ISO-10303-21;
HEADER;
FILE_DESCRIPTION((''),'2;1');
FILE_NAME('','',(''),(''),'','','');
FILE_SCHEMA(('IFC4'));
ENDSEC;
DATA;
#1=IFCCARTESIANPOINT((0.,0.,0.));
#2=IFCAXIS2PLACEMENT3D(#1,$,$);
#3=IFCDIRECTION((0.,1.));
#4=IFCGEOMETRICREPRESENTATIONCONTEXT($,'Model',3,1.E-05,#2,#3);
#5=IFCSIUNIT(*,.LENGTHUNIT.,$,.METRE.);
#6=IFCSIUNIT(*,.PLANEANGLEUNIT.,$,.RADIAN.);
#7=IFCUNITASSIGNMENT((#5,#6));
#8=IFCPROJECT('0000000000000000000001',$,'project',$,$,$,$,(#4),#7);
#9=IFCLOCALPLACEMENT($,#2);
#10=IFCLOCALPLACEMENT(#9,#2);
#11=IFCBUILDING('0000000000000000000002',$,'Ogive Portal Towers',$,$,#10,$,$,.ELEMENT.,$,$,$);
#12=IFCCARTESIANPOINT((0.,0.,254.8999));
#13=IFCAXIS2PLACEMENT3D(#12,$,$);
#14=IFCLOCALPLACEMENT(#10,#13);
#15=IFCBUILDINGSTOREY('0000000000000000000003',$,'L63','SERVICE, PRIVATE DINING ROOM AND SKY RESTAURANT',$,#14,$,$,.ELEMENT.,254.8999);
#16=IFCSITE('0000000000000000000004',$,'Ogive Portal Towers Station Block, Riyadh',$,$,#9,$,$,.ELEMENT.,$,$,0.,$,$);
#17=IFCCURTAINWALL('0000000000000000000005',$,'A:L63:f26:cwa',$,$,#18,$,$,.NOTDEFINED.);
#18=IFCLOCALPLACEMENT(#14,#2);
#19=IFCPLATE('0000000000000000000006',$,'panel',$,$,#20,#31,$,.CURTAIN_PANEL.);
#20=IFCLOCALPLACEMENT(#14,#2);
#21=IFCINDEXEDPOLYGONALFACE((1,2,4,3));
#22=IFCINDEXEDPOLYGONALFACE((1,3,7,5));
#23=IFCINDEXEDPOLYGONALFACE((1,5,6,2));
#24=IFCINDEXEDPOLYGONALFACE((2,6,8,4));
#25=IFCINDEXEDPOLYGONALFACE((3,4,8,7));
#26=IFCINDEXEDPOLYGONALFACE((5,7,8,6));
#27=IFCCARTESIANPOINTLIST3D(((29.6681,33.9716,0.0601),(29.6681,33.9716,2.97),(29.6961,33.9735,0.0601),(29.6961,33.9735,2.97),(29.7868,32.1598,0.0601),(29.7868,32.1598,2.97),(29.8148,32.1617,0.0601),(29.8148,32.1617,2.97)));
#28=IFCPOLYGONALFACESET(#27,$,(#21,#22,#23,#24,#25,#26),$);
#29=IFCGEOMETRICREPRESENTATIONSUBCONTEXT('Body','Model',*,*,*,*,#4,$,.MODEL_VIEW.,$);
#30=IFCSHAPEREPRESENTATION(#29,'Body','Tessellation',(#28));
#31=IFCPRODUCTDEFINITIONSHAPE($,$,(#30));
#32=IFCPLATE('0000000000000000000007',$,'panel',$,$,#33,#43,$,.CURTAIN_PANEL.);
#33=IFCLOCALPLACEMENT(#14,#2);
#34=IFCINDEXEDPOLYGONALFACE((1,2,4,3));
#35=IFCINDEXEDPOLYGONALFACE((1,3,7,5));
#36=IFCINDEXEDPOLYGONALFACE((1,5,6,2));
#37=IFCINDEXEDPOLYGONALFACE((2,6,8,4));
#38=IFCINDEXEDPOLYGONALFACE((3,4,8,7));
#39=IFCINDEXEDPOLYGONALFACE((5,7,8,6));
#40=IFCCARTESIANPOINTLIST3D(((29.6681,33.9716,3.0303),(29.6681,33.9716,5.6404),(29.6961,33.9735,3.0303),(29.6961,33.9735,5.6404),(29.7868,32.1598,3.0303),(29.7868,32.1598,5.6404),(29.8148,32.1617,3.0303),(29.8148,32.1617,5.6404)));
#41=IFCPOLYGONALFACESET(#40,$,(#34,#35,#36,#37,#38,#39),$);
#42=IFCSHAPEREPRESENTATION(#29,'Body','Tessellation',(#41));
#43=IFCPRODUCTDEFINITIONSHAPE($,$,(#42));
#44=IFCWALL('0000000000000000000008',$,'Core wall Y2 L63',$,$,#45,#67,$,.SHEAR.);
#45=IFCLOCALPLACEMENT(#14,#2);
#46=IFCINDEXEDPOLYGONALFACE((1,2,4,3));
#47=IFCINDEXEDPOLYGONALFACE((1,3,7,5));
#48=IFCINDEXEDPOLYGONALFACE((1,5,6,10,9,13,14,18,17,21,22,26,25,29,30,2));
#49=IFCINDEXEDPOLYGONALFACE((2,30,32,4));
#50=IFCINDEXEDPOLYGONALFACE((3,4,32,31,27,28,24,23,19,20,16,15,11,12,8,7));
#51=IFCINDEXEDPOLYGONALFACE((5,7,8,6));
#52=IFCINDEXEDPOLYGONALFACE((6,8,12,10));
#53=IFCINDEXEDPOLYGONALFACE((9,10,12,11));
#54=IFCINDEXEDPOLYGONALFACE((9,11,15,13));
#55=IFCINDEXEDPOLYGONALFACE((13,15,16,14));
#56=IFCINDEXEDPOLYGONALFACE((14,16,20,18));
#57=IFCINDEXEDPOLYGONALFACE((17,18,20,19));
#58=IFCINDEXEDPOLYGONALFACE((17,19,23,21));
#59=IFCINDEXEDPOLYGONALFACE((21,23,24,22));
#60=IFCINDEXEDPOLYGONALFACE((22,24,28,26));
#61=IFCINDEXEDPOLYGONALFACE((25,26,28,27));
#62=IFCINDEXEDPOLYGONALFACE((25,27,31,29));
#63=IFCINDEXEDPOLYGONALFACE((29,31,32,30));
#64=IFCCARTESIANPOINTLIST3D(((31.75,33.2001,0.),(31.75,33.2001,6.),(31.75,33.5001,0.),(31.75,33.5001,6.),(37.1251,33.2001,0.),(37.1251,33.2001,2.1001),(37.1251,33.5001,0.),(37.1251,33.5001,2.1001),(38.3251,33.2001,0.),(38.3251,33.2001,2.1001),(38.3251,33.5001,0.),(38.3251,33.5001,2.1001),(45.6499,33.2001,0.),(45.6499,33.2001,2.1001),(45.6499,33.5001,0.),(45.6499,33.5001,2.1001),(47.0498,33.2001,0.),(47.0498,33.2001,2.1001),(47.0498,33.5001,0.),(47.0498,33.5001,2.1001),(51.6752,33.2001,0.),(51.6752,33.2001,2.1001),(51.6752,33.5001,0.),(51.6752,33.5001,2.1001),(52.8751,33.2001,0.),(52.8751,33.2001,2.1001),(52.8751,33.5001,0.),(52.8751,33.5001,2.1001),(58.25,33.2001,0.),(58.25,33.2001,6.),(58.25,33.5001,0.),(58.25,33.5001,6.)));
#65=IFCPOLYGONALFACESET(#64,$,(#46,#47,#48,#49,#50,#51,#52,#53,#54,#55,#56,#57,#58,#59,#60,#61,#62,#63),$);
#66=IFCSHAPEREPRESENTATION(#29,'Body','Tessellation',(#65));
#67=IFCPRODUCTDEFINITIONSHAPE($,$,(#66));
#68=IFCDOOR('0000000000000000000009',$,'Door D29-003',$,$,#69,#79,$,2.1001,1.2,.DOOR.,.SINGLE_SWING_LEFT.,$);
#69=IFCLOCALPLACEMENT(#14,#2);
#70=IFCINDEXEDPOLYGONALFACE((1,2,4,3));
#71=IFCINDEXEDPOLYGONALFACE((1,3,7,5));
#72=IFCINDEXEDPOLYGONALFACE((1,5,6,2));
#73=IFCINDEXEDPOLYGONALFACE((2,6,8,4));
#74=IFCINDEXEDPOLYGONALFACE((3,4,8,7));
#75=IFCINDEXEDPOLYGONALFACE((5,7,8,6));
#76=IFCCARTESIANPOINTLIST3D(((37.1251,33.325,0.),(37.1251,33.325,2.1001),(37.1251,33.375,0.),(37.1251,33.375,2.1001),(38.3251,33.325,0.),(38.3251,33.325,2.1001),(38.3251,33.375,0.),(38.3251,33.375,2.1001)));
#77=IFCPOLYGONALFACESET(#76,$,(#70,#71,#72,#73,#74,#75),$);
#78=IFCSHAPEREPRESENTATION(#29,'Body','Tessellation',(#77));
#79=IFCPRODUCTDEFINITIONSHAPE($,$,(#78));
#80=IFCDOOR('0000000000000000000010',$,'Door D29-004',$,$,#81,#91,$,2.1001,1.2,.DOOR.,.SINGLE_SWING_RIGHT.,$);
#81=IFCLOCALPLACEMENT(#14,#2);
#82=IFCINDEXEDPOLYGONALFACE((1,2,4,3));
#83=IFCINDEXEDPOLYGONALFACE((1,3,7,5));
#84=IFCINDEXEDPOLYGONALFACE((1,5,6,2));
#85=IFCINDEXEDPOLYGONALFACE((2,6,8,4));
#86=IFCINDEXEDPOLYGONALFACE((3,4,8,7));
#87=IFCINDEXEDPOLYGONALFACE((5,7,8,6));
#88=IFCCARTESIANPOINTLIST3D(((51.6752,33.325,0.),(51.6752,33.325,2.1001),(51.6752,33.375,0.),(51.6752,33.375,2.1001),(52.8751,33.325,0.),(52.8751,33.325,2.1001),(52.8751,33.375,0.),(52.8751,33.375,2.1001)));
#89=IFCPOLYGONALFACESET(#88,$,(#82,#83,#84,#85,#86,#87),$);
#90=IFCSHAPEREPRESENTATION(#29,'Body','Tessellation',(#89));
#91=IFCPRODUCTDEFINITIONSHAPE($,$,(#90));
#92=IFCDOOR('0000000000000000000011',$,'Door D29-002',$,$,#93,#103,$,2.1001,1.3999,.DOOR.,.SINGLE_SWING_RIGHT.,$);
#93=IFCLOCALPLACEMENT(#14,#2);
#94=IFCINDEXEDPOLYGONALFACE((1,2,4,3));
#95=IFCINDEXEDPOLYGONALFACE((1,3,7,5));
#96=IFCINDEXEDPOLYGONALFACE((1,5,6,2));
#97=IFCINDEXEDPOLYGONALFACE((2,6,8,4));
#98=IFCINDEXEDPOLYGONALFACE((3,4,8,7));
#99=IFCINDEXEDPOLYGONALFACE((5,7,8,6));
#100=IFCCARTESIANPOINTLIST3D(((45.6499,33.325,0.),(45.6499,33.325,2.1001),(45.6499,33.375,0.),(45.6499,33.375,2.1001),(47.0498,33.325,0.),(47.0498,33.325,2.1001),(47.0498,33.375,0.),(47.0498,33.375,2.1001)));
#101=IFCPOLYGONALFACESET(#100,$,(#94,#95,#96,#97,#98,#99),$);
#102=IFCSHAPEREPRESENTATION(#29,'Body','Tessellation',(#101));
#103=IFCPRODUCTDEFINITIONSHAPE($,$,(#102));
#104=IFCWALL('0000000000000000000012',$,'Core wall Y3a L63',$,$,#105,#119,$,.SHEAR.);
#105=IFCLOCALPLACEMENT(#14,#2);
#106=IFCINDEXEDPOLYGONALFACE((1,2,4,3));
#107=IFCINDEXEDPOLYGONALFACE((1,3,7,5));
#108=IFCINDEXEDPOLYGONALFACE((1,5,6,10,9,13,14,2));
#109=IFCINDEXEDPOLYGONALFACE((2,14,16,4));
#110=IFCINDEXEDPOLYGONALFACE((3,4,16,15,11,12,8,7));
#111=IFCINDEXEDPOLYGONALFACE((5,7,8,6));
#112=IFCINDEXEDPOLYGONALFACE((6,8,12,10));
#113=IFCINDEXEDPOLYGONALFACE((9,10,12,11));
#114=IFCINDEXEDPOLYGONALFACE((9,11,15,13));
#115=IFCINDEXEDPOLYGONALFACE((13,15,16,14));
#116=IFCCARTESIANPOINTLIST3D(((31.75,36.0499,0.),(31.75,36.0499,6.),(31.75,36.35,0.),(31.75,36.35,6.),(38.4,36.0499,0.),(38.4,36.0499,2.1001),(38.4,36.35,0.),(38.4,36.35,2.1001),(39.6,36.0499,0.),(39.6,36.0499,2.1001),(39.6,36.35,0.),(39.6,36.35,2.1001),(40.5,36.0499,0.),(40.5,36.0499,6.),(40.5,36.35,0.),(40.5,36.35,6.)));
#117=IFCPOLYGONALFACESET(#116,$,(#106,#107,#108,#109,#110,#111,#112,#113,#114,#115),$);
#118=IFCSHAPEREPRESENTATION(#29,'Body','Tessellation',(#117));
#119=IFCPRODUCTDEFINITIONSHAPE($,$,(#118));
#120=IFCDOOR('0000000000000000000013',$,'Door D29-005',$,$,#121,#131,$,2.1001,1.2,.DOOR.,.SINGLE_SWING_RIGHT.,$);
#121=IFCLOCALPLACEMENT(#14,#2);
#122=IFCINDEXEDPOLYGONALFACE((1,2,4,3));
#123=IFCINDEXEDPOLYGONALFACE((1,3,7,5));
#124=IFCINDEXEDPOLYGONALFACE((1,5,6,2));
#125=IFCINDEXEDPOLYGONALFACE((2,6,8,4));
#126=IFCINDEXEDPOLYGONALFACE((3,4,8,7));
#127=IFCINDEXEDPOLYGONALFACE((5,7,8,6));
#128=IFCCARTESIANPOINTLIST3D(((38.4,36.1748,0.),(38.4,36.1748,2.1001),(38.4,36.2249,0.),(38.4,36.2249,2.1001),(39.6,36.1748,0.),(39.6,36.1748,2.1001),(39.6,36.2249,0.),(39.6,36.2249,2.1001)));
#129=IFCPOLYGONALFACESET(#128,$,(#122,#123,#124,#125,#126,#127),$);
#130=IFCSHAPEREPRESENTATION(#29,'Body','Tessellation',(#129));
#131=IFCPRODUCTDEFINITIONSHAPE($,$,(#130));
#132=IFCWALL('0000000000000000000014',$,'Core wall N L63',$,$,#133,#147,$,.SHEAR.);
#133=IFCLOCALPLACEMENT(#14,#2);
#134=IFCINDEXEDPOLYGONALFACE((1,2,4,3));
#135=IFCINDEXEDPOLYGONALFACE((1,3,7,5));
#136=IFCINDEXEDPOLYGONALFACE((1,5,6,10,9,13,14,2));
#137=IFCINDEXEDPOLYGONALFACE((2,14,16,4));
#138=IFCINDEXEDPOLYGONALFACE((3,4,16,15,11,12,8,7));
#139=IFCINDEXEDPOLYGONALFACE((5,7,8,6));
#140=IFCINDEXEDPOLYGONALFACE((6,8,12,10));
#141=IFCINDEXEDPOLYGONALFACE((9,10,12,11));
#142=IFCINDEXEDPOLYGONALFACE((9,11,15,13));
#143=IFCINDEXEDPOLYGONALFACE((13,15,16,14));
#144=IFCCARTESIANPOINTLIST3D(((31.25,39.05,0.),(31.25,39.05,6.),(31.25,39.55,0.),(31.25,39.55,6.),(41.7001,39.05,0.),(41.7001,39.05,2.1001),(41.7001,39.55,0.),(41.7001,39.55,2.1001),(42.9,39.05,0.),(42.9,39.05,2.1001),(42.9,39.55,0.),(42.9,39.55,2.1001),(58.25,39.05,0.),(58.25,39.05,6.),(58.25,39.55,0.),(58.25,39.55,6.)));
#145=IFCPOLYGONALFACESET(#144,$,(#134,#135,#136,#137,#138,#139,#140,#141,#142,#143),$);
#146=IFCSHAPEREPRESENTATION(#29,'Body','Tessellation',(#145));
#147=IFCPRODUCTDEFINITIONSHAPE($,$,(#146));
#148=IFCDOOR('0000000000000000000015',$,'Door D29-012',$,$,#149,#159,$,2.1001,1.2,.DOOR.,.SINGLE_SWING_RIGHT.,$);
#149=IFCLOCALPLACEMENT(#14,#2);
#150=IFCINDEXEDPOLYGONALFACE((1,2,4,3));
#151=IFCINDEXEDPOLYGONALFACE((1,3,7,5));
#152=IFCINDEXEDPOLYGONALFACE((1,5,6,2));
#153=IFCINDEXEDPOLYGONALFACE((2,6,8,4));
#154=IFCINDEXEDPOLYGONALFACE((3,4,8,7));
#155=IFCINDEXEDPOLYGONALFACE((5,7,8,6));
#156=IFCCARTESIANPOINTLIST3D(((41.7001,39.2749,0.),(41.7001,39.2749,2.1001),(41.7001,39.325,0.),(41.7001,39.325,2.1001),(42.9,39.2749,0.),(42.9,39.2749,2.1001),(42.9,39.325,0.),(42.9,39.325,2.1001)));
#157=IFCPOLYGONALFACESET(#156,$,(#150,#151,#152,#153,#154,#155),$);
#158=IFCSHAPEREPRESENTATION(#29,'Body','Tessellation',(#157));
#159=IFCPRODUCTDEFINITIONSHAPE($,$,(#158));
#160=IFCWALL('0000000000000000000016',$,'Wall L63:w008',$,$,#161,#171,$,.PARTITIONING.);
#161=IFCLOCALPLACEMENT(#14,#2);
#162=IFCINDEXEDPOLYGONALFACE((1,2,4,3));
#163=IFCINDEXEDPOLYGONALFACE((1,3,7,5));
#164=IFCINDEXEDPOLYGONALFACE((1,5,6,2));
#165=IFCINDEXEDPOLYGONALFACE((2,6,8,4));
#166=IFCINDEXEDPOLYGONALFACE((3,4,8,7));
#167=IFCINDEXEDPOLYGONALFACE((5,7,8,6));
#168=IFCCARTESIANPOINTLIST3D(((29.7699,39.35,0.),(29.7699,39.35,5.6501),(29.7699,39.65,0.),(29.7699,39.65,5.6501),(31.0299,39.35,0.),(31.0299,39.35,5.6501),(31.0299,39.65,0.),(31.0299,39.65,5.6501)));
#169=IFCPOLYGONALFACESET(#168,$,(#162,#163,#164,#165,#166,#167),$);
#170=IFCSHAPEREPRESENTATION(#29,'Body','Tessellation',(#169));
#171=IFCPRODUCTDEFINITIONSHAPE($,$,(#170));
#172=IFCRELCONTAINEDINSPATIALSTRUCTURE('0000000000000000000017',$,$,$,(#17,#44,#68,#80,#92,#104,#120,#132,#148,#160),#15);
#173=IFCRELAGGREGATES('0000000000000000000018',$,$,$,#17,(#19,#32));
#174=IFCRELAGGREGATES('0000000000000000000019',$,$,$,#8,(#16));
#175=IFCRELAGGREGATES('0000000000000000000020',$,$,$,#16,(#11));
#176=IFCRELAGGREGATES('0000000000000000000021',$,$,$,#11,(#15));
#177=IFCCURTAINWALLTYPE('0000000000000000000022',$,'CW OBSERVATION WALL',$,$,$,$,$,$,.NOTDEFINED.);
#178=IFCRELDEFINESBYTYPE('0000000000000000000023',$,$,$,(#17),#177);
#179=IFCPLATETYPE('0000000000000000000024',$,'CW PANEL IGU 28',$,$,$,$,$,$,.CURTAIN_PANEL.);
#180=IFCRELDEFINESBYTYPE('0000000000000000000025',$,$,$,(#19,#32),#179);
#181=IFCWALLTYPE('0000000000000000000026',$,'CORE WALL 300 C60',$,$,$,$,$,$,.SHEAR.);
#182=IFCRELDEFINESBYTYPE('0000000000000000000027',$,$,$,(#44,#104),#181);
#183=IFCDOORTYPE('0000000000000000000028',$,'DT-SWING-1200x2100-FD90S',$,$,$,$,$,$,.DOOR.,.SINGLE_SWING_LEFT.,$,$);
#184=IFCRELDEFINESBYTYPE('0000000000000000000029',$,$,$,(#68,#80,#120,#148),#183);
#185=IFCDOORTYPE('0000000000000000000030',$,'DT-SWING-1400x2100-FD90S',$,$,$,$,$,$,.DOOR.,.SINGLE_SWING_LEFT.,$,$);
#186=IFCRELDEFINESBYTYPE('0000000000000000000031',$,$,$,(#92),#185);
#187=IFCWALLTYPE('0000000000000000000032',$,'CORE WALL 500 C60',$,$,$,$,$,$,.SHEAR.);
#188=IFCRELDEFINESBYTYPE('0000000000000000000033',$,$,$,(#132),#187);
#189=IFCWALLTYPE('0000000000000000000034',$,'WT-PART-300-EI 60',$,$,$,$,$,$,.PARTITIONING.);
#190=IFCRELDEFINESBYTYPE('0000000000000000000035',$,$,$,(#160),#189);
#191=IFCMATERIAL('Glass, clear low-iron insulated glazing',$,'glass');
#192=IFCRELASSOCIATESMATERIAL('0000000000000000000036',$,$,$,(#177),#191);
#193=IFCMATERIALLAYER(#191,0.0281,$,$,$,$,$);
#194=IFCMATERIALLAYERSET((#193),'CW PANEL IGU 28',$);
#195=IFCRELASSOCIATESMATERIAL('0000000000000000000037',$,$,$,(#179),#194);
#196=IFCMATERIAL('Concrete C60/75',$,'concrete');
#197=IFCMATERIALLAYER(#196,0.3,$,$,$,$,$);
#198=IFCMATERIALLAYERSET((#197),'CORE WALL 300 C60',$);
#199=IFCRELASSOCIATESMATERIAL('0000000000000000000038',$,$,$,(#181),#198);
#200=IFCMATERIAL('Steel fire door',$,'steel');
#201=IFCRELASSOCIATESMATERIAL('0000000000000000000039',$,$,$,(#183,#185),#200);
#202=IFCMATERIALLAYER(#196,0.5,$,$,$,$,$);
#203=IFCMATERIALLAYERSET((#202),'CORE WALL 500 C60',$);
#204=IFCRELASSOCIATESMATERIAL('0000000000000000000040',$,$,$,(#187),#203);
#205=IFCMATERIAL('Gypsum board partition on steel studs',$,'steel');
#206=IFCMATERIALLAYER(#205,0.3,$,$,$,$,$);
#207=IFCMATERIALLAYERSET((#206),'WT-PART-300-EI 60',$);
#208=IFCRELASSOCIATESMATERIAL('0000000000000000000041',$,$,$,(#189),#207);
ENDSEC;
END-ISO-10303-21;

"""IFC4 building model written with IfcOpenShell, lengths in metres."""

from ifc_helpers import new_model, si_unit, direction, frame, frame_2d, origin, origin_2d, place, context, subcontext, project, spatial, rectangle, extrude, material, layer, layer_set, type_object, element, fill, aggregate, save


model = new_model("IFC4")

# Units and contexts
model_context = context("Model", 3, precision=1e-05, world=origin(), true_north=direction((0.0, 1.0)))
body_context = subcontext(model_context, "Body", "Model", "MODEL_VIEW")
ifc_project = project(units=[si_unit("LENGTHUNIT", "METRE"), si_unit("PLANEANGLEUNIT", "RADIAN")], contexts=[model_context])

# Site, building, storey
site_placement = place(None, origin())
site = spatial("IfcSite", under=ifc_project, at=site_placement, Name="Ogive Portal Towers Station Block, Riyadh", CompositionType="ELEMENT", RefElevation=0.0)
building_placement = place(site_placement, origin())
building = spatial("IfcBuilding", under=site, at=building_placement, Name="Ogive Portal Towers", CompositionType="ELEMENT")
storey_placement = place(building_placement, frame((0.0, 0.0, 254.8999)))
storey = spatial("IfcBuildingStorey", under=building, at=storey_placement, Name="L63", Description="SERVICE, PRIVATE DINING ROOM AND SKY RESTAURANT", CompositionType="ELEMENT", Elevation=254.8999)

# Curtain wall
ifc_material_1 = material(Name="Glass, clear low-iron insulated glazing", Category="glass")
curtain_wall_type = type_object("IfcCurtainWallType", Name="CW OBSERVATION WALL", PredefinedType="NOTDEFINED", material=ifc_material_1)
curtain_wall_1_placement = place(storey_placement, origin())
curtain_wall_1 = element("IfcCurtainWall", 1, at=curtain_wall_1_placement, inside=storey, type_object=curtain_wall_type, Name="A:L63:f26:cwa", PredefinedType="NOTDEFINED")

# Plates
ifc_layer_1 = layer(ifc_material_1, 0.0281)
ifc_layer_set_1 = layer_set([ifc_layer_1], Name="CW PANEL IGU 28")
plate_type = type_object("IfcPlateType", Name="CW PANEL IGU 28", PredefinedType="CURTAIN_PANEL", material=ifc_layer_set_1)
plate_1_placement = place(storey_placement, frame((29.7415, 33.0667, 0.0601), z_axis=(0.0, 0.0, 1.0), x_axis=(0.065403, -0.997859, 0.0)))
plate_1 = element("IfcPlate", 2, at=plate_1_placement, type_object=plate_type, Name="panel", PredefinedType="CURTAIN_PANEL", context=body_context, shape_type="SweptSolid", body=[
    extrude(rectangle(XDim=1.8157, YDim=0.0281, at=origin_2d()), origin(), (0.0, 0.0, 1.0), 2.9099),
])
plate_2_placement = place(storey_placement, frame((29.7415, 33.0667, 3.0303), z_axis=(0.0, 0.0, 1.0), x_axis=(0.065403, -0.997859, 0.0)))
plate_2 = element("IfcPlate", 3, at=plate_2_placement, type_object=plate_type, Name="panel", PredefinedType="CURTAIN_PANEL", context=body_context, shape_type="SweptSolid", body=[
    extrude(rectangle(XDim=1.8157, YDim=0.0281, at=origin_2d()), origin(), (0.0, 0.0, 1.0), 2.6101),
])
aggregate(curtain_wall_1, [plate_1, plate_2])

# Wall, openings, doors
ifc_material_2 = material(Name="Concrete C60/75", Category="concrete")
ifc_layer_2 = layer(ifc_material_2, 0.3)
ifc_layer_set_2 = layer_set([ifc_layer_2], Name="CORE WALL 300 C60")
wall_type_1 = type_object("IfcWallType", Name="CORE WALL 300 C60", PredefinedType="SHEAR", material=ifc_layer_set_2)
wall_1_placement = place(storey_placement, frame((31.75, 33.3501, 0.0), z_axis=(0.0, 0.0, 1.0), x_axis=(1.0, 0.0, 0.0)))
wall_1 = element("IfcWall", 4, at=wall_1_placement, inside=storey, type_object=wall_type_1, Name="Core wall Y2 L63", PredefinedType="SHEAR", context=body_context, shape_type="SweptSolid", body=[
    extrude(rectangle(XDim=26.5, YDim=0.3, at=frame_2d((13.25, 0.0))), origin(), (0.0, 0.0, 1.0), 6.0),
])
opening_1_placement = place(wall_1_placement, frame((13.8999, 0.0, 0.0)))
opening_1 = element("IfcOpeningElement", 5, at=opening_1_placement, cuts=wall_1, PredefinedType="OPENING", context=body_context, shape_type="SweptSolid", body=[
    extrude(rectangle(XDim=1.3999, YDim=2.1001, at=frame_2d((0.7, 1.05))), frame((0.0, 0.1602, 0.0), z_axis=(0.0, -1.0, 0.0), x_axis=(1.0, 0.0, 0.0)), (0.0, 0.0, 1.0), 0.3201),
])
opening_2_placement = place(wall_1_placement, frame((5.375, 0.0, 0.0)))
opening_2 = element("IfcOpeningElement", 6, at=opening_2_placement, cuts=wall_1, PredefinedType="OPENING", context=body_context, shape_type="SweptSolid", body=[
    extrude(rectangle(XDim=1.2, YDim=2.1001, at=frame_2d((0.6001, 1.05))), frame((0.0, 0.1602, 0.0), z_axis=(0.0, -1.0, 0.0), x_axis=(1.0, 0.0, 0.0)), (0.0, 0.0, 1.0), 0.3201),
])
opening_3_placement = place(wall_1_placement, frame((19.925, 0.0, 0.0)))
opening_3 = element("IfcOpeningElement", 7, at=opening_3_placement, cuts=wall_1, PredefinedType="OPENING", context=body_context, shape_type="SweptSolid", body=[
    extrude(rectangle(XDim=1.2, YDim=2.1001, at=frame_2d((0.6001, 1.05))), frame((0.0, 0.1602, 0.0), z_axis=(0.0, -1.0, 0.0), x_axis=(1.0, 0.0, 0.0)), (0.0, 0.0, 1.0), 0.3201),
])
ifc_material_3 = material(Name="Steel fire door", Category="steel")
door_type_1 = type_object("IfcDoorType", Name="DT-SWING-1200x2100-FD90S", OperationType="SINGLE_SWING_LEFT", PredefinedType="DOOR", material=ifc_material_3)
door_1_placement = place(opening_2_placement, origin())
door_1 = element("IfcDoor", 8, at=door_1_placement, inside=storey, type_object=door_type_1, Name="Door D29-003", OperationType="SINGLE_SWING_LEFT", OverallHeight=2.1001, OverallWidth=1.2, PredefinedType="DOOR", context=body_context, shape_type="SweptSolid", body=[
    extrude(rectangle(XDim=1.2, YDim=2.1001, at=frame_2d((0.6001, 1.05))), frame((0.0, 0.0249, 0.0), z_axis=(0.0, -1.0, 0.0), x_axis=(1.0, 0.0, 0.0)), (0.0, 0.0, 1.0), 0.05),
])
fill(opening_2, door_1)
door_2_placement = place(opening_3_placement, origin())
door_2 = element("IfcDoor", 9, at=door_2_placement, inside=storey, type_object=door_type_1, Name="Door D29-004", OperationType="SINGLE_SWING_RIGHT", OverallHeight=2.1001, OverallWidth=1.2, PredefinedType="DOOR", context=body_context, shape_type="SweptSolid", body=[
    extrude(rectangle(XDim=1.2, YDim=2.1001, at=frame_2d((0.6001, 1.05))), frame((0.0, 0.0249, 0.0), z_axis=(0.0, -1.0, 0.0), x_axis=(1.0, 0.0, 0.0)), (0.0, 0.0, 1.0), 0.05),
])
fill(opening_3, door_2)
door_type_2 = type_object("IfcDoorType", Name="DT-SWING-1400x2100-FD90S", OperationType="SINGLE_SWING_LEFT", PredefinedType="DOOR", material=ifc_material_3)
door_3_placement = place(opening_1_placement, origin())
door_3 = element("IfcDoor", 10, at=door_3_placement, inside=storey, type_object=door_type_2, Name="Door D29-002", OperationType="SINGLE_SWING_RIGHT", OverallHeight=2.1001, OverallWidth=1.3999, PredefinedType="DOOR", context=body_context, shape_type="SweptSolid", body=[
    extrude(rectangle(XDim=1.3999, YDim=2.1001, at=frame_2d((0.7, 1.05))), frame((0.0, 0.0249, 0.0), z_axis=(0.0, -1.0, 0.0), x_axis=(1.0, 0.0, 0.0)), (0.0, 0.0, 1.0), 0.05),
])
fill(opening_1, door_3)

# Walls, openings, doors
wall_2_placement = place(storey_placement, frame((31.75, 36.2, 0.0), z_axis=(0.0, 0.0, 1.0), x_axis=(1.0, 0.0, 0.0)))
wall_2 = element("IfcWall", 11, at=wall_2_placement, inside=storey, type_object=wall_type_1, Name="Core wall Y3a L63", PredefinedType="SHEAR", context=body_context, shape_type="SweptSolid", body=[
    extrude(rectangle(XDim=8.75, YDim=0.3, at=frame_2d((4.375, 0.0))), origin(), (0.0, 0.0, 1.0), 6.0),
])
opening_4_placement = place(wall_2_placement, frame((6.6499, 0.0, 0.0)))
opening_4 = element("IfcOpeningElement", 12, at=opening_4_placement, cuts=wall_2, PredefinedType="OPENING", context=body_context, shape_type="SweptSolid", body=[
    extrude(rectangle(XDim=1.2, YDim=2.1001, at=frame_2d((0.6001, 1.05))), frame((0.0, 0.1602, 0.0), z_axis=(0.0, -1.0, 0.0), x_axis=(1.0, 0.0, 0.0)), (0.0, 0.0, 1.0), 0.3201),
])
door_4_placement = place(opening_4_placement, origin())
door_4 = element("IfcDoor", 13, at=door_4_placement, inside=storey, type_object=door_type_1, Name="Door D29-005", OperationType="SINGLE_SWING_RIGHT", OverallHeight=2.1001, OverallWidth=1.2, PredefinedType="DOOR", context=body_context, shape_type="SweptSolid", body=[
    extrude(rectangle(XDim=1.2, YDim=2.1001, at=frame_2d((0.6001, 1.05))), frame((0.0, 0.0249, 0.0), z_axis=(0.0, -1.0, 0.0), x_axis=(1.0, 0.0, 0.0)), (0.0, 0.0, 1.0), 0.05),
])
fill(opening_4, door_4)
ifc_layer_3 = layer(ifc_material_2, 0.5)
ifc_layer_set_3 = layer_set([ifc_layer_3], Name="CORE WALL 500 C60")
wall_type_2 = type_object("IfcWallType", Name="CORE WALL 500 C60", PredefinedType="SHEAR", material=ifc_layer_set_3)
wall_3_placement = place(storey_placement, frame((31.25, 39.3, 0.0), z_axis=(0.0, 0.0, 1.0), x_axis=(1.0, 0.0, 0.0)))
wall_3 = element("IfcWall", 14, at=wall_3_placement, inside=storey, type_object=wall_type_2, Name="Core wall N L63", PredefinedType="SHEAR", context=body_context, shape_type="SweptSolid", body=[
    extrude(rectangle(XDim=27.0, YDim=0.5, at=frame_2d((13.5, 0.0))), origin(), (0.0, 0.0, 1.0), 6.0),
])
opening_5_placement = place(wall_3_placement, frame((10.45, 0.0, 0.0)))
opening_5 = element("IfcOpeningElement", 15, at=opening_5_placement, cuts=wall_3, PredefinedType="OPENING", context=body_context, shape_type="SweptSolid", body=[
    extrude(rectangle(XDim=1.2, YDim=2.1001, at=frame_2d((0.6001, 1.05))), frame((0.0, 0.26, 0.0), z_axis=(0.0, -1.0, 0.0), x_axis=(1.0, 0.0, 0.0)), (0.0, 0.0, 1.0), 0.52),
])
door_5_placement = place(opening_5_placement, origin())
door_5 = element("IfcDoor", 16, at=door_5_placement, inside=storey, type_object=door_type_1, Name="Door D29-012", OperationType="SINGLE_SWING_RIGHT", OverallHeight=2.1001, OverallWidth=1.2, PredefinedType="DOOR", context=body_context, shape_type="SweptSolid", body=[
    extrude(rectangle(XDim=1.2, YDim=2.1001, at=frame_2d((0.6001, 1.05))), frame((0.0, 0.0249, 0.0), z_axis=(0.0, -1.0, 0.0), x_axis=(1.0, 0.0, 0.0)), (0.0, 0.0, 1.0), 0.05),
])
fill(opening_5, door_5)

# Wall
ifc_material_4 = material(Name="Gypsum board partition on steel studs", Category="steel")
ifc_layer_4 = layer(ifc_material_4, 0.3)
ifc_layer_set_4 = layer_set([ifc_layer_4], Name="WT-PART-300-EI 60")
wall_type_3 = type_object("IfcWallType", Name="WT-PART-300-EI 60", PredefinedType="PARTITIONING", material=ifc_layer_set_4)
wall_4_placement = place(storey_placement, frame((29.77, 39.5, 0.0), z_axis=(0.0, 0.0, 1.0), x_axis=(1.0, 0.0, 0.0)))
element("IfcWall", 17, at=wall_4_placement, inside=storey, type_object=wall_type_3, Name="Wall L63:w008", PredefinedType="PARTITIONING", context=body_context, shape_type="SweptSolid", body=[
    extrude(rectangle(XDim=1.26, YDim=0.3, at=frame_2d((0.6299, 0.0))), origin(), (0.0, 0.0, 1.0), 5.6501),
])

save(model, "model.ifc")
